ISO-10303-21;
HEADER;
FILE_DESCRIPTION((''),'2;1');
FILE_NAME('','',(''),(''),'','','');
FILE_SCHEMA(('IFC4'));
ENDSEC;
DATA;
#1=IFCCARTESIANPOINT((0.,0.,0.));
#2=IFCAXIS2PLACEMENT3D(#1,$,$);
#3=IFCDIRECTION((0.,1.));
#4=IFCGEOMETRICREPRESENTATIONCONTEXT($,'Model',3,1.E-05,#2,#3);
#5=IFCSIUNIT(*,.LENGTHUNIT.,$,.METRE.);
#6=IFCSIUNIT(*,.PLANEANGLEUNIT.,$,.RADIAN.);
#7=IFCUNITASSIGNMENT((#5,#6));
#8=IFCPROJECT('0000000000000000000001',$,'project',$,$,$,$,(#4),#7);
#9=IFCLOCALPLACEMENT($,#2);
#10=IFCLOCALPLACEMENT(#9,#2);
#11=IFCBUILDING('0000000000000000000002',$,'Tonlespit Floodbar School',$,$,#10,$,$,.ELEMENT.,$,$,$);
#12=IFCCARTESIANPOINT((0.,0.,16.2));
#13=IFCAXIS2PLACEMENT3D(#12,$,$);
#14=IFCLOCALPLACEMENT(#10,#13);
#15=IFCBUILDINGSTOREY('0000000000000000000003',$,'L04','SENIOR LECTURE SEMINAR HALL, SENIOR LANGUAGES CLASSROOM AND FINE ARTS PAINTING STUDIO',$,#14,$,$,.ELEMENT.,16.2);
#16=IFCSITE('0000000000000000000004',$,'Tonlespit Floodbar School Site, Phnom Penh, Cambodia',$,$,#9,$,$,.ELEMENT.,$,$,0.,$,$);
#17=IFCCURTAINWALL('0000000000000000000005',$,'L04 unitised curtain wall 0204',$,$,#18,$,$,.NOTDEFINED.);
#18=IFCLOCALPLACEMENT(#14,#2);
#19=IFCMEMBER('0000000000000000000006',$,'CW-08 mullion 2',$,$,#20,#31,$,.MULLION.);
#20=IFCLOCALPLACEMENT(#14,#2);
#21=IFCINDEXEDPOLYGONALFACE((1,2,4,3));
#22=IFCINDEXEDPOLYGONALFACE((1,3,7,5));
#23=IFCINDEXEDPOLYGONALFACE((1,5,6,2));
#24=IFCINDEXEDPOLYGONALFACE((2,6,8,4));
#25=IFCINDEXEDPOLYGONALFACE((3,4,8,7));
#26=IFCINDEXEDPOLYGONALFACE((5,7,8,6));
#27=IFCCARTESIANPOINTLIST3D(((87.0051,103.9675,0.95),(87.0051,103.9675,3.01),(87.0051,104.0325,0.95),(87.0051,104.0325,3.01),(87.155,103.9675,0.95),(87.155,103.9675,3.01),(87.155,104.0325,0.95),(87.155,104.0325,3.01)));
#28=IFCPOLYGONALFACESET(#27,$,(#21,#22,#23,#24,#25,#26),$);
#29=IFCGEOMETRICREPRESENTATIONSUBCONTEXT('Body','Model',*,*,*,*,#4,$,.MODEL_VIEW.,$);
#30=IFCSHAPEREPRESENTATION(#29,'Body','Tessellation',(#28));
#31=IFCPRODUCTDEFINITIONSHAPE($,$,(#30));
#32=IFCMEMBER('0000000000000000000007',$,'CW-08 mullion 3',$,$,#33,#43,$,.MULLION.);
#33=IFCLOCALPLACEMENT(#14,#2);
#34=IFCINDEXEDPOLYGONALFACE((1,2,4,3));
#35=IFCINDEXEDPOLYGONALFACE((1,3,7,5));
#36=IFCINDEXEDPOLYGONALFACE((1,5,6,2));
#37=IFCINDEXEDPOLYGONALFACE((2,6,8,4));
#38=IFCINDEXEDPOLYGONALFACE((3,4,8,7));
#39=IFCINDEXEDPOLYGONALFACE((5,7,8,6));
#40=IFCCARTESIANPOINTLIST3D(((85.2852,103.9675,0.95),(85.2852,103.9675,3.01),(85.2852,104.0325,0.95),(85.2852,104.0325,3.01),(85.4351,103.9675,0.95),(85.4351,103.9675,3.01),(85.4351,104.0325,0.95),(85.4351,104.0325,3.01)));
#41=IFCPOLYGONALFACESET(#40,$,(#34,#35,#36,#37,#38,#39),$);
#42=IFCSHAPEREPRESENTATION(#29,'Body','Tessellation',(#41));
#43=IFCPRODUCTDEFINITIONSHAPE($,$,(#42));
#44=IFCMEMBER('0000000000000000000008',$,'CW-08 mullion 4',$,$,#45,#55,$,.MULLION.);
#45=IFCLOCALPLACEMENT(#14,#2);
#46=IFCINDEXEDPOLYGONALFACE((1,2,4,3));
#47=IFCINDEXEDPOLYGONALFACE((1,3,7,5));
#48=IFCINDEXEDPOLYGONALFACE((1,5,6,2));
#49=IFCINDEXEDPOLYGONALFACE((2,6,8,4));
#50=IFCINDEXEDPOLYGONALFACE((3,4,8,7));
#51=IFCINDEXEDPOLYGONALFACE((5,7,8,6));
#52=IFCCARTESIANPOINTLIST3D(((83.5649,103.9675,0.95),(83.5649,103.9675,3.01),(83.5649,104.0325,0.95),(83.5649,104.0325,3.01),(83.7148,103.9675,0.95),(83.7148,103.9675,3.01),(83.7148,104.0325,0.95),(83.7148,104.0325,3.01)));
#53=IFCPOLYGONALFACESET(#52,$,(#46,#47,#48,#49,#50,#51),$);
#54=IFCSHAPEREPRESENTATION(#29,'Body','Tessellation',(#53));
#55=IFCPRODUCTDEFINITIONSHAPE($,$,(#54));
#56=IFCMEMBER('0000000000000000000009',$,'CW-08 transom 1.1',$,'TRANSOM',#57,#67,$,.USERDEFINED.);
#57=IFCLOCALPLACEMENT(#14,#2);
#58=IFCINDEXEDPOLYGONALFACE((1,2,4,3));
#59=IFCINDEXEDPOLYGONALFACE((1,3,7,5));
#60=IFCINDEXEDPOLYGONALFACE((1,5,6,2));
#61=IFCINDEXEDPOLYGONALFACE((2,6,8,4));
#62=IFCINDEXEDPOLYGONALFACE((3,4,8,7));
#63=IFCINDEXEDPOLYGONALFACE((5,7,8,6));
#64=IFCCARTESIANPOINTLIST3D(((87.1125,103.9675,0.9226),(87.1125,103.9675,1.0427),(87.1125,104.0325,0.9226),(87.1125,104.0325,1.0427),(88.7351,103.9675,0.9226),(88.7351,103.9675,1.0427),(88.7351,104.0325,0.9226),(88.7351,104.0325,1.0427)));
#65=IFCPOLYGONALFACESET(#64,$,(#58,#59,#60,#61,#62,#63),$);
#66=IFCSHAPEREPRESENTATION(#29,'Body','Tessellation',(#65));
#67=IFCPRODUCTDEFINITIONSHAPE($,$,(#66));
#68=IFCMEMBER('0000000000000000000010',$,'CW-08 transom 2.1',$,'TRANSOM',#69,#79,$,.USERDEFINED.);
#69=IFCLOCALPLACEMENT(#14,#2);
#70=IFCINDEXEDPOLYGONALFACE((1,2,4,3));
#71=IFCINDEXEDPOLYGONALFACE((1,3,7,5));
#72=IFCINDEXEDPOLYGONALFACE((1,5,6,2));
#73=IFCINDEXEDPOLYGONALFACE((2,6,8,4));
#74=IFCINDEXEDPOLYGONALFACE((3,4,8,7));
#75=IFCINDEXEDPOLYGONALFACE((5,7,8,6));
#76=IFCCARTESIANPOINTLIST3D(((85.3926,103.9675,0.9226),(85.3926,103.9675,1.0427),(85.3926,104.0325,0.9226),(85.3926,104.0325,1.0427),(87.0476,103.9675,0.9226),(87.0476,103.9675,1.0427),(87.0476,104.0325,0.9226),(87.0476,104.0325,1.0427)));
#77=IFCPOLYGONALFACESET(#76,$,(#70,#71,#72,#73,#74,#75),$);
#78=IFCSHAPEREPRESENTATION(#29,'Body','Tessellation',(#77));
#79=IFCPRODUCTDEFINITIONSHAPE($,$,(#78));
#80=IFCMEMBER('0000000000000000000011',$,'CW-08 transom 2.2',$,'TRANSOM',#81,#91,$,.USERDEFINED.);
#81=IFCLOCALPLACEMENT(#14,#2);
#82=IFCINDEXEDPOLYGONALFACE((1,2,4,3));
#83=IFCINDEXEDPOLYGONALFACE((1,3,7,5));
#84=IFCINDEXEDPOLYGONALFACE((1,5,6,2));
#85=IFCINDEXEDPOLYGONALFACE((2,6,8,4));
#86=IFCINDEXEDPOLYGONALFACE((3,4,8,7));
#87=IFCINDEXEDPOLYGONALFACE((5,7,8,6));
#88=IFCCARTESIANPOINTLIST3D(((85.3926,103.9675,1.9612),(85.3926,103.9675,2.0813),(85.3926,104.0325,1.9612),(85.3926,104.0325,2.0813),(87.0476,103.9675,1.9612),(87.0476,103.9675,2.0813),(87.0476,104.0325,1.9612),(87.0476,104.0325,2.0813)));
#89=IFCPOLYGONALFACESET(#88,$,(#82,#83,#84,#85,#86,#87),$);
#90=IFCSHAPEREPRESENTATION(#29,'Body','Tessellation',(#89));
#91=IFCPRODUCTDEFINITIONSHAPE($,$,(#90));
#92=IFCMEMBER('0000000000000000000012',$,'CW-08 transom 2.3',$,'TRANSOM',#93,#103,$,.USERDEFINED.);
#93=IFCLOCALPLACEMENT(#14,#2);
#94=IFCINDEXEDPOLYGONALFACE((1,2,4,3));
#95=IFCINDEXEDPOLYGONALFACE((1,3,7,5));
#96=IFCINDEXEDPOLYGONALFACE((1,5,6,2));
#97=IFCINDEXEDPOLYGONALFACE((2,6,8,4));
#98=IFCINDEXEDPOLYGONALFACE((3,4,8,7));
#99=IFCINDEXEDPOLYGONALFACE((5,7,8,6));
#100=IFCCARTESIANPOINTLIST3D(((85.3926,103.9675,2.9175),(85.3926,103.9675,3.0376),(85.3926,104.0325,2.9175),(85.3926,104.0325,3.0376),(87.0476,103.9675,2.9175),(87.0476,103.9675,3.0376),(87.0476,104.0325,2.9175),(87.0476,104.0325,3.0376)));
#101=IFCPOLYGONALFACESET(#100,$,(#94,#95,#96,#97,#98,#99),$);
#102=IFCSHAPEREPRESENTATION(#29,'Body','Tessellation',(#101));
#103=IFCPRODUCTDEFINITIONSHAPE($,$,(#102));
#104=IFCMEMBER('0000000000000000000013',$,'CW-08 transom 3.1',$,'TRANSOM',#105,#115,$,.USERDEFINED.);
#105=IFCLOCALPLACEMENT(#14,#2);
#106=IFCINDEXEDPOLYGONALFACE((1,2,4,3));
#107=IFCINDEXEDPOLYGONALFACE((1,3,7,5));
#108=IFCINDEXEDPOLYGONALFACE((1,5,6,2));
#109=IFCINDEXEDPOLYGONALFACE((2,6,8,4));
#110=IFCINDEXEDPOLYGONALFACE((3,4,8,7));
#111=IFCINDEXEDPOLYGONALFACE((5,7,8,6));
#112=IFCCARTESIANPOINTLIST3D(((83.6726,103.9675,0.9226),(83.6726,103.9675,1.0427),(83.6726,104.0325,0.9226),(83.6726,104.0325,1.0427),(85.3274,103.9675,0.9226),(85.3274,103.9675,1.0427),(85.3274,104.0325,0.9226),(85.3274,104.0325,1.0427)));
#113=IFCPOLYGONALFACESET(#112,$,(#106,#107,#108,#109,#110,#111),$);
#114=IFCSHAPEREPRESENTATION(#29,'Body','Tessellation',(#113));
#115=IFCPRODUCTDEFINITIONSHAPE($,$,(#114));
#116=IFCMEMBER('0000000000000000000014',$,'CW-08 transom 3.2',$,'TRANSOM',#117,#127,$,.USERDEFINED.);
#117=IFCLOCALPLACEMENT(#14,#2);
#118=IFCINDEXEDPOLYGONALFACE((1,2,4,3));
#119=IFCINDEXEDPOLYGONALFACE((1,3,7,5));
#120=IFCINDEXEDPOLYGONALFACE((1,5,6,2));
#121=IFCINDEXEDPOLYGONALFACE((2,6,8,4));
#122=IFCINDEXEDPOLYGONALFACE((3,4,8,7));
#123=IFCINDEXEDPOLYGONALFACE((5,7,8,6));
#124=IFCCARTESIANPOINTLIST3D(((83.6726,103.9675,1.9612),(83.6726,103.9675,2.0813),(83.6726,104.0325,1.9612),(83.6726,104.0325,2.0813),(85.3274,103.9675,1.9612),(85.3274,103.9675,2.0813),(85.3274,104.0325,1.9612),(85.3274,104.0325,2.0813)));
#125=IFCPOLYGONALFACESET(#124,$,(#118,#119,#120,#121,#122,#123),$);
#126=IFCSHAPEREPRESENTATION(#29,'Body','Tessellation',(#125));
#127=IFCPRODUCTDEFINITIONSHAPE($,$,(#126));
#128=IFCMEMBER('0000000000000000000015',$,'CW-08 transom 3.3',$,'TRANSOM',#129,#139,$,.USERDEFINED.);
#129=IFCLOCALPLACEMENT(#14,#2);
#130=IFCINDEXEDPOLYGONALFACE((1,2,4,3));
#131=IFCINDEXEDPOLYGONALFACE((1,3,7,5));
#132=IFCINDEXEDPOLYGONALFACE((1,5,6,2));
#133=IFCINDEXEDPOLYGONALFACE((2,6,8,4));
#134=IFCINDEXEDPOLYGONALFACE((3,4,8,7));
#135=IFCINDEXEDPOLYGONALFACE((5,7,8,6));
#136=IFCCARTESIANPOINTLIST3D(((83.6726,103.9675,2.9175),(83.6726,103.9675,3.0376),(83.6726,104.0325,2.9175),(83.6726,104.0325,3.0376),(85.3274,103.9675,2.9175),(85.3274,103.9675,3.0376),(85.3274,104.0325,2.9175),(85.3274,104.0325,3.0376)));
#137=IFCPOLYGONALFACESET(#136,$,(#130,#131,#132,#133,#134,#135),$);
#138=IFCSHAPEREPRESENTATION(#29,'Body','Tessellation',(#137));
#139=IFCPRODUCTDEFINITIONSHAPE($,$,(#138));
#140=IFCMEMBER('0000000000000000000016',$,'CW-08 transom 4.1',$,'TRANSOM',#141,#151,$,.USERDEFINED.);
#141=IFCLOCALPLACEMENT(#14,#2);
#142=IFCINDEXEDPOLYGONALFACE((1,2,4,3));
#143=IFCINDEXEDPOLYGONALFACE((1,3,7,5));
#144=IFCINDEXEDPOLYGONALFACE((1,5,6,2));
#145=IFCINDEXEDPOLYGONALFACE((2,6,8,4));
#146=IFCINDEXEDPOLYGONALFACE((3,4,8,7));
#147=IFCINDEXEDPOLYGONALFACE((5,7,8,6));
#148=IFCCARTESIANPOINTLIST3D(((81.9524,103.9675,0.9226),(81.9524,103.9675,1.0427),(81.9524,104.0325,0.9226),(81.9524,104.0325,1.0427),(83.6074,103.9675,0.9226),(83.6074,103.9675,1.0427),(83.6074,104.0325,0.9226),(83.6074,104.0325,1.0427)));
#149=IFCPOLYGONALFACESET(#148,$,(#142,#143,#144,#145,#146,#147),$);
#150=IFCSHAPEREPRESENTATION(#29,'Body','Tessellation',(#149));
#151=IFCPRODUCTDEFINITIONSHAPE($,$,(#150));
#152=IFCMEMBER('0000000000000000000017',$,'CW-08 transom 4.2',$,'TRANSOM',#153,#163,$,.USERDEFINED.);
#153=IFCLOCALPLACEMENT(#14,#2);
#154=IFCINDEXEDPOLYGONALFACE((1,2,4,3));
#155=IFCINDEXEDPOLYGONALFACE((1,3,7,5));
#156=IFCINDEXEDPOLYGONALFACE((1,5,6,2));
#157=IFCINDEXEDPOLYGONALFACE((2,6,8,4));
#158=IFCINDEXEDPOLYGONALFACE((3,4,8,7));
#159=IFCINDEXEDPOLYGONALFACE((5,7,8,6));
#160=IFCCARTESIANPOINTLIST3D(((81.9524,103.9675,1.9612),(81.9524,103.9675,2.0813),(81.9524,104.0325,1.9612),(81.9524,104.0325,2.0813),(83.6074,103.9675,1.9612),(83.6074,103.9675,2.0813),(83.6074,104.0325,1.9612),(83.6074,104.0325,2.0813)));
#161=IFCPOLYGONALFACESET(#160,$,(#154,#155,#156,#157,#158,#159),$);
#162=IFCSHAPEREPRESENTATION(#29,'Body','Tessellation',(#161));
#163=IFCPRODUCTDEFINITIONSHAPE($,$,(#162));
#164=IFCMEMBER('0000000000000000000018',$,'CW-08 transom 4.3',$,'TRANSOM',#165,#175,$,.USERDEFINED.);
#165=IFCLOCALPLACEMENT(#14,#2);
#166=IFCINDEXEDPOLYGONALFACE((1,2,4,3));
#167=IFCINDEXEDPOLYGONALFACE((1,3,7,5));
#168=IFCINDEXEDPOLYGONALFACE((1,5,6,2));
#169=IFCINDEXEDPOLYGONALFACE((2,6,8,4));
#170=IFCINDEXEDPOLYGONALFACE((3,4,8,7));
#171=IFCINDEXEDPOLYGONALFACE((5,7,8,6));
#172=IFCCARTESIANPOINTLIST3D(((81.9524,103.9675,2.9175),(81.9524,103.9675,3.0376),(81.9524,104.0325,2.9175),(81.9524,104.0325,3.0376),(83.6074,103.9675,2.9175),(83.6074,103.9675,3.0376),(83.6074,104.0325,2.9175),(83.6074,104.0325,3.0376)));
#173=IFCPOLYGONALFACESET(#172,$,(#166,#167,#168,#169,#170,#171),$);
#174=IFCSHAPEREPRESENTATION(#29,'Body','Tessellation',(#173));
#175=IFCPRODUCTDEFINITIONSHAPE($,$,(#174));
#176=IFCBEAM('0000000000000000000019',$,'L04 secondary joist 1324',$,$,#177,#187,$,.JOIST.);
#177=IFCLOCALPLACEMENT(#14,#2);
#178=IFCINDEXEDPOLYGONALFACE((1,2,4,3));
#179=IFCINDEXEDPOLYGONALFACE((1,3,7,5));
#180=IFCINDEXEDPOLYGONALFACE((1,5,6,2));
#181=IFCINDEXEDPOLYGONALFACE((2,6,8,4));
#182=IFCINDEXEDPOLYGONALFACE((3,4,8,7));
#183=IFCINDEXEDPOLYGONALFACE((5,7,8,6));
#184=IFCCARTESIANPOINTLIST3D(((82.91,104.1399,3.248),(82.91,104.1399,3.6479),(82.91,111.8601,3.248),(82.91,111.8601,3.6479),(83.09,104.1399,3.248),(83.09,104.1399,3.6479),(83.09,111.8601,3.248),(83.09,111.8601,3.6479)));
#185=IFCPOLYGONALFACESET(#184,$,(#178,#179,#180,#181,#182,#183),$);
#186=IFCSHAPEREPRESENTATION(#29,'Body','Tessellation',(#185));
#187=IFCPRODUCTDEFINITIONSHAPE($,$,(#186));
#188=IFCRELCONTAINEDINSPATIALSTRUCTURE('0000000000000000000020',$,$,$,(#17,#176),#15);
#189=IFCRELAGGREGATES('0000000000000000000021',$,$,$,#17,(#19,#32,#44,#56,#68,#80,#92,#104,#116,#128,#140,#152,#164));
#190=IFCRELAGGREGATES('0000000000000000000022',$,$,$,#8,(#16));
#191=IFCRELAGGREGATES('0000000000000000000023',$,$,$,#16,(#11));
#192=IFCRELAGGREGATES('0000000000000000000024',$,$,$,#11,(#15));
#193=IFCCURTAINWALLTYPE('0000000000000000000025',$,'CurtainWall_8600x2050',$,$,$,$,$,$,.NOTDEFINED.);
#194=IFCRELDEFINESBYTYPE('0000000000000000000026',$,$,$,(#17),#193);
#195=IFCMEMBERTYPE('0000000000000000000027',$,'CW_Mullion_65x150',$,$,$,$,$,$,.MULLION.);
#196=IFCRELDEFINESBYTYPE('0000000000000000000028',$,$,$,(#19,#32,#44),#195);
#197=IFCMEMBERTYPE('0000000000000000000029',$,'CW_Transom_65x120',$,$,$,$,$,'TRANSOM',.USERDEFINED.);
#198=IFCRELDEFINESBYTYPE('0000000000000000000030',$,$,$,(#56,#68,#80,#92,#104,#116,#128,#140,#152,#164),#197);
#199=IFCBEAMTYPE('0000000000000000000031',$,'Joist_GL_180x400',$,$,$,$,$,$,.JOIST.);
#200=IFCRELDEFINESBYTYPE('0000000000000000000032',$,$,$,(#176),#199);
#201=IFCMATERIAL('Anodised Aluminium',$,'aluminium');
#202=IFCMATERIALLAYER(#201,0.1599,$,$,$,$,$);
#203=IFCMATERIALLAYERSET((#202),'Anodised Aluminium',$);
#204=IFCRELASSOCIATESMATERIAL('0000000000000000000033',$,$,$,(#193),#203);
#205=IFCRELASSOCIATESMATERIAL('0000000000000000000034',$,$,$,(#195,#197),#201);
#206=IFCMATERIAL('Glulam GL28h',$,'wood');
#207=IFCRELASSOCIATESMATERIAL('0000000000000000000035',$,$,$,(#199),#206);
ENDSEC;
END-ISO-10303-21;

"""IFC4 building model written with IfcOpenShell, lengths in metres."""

from ifc_helpers import new_model, si_unit, direction, frame, origin, origin_2d, place, context, subcontext, project, spatial, rectangle, extrude, material, layer, layer_set, material_profile, profile_set, type_object, element, aggregate, save


model = new_model("IFC4")

# Units and contexts
model_context = context("Model", 3, precision=1e-05, world=origin(), true_north=direction((0.0, 1.0)))
body_context = subcontext(model_context, "Body", "Model", "MODEL_VIEW")
ifc_project = project(units=[si_unit("LENGTHUNIT", "METRE"), si_unit("PLANEANGLEUNIT", "RADIAN")], contexts=[model_context])

# Site, building, storey
site_placement = place(None, origin())
site = spatial("IfcSite", under=ifc_project, at=site_placement, Name="Tonlespit Floodbar School Site, Phnom Penh, Cambodia", CompositionType="ELEMENT", RefElevation=0.0)
building_placement = place(site_placement, origin())
building = spatial("IfcBuilding", under=site, at=building_placement, Name="Tonlespit Floodbar School", CompositionType="ELEMENT")
storey_placement = place(building_placement, frame((0.0, 0.0, 16.2)))
storey = spatial("IfcBuildingStorey", under=building, at=storey_placement, Name="L04", Description="SENIOR LECTURE SEMINAR HALL, SENIOR LANGUAGES CLASSROOM AND FINE ARTS PAINTING STUDIO", CompositionType="ELEMENT", Elevation=16.2)

# Curtain wall, members
ifc_material_1 = material(Name="Anodised Aluminium", Category="aluminium")
ifc_layer_1 = layer(ifc_material_1, 0.1599)
ifc_layer_set_1 = layer_set([ifc_layer_1], Name="Anodised Aluminium")
curtain_wall_type = type_object("IfcCurtainWallType", Name="CurtainWall_8600x2050", PredefinedType="NOTDEFINED", material=ifc_layer_set_1)
curtain_wall_placement = place(storey_placement, origin())
curtain_wall = element("IfcCurtainWall", 1, at=curtain_wall_placement, inside=storey, type_object=curtain_wall_type, Name="L04 unitised curtain wall 0204", PredefinedType="NOTDEFINED")
ifc_material_profile_1 = material_profile(ifc_material_1, rectangle(XDim=0.0649, YDim=0.1499, at=origin_2d()), Name="ALU M65x150")
ifc_profile_set_1 = profile_set([ifc_material_profile_1], Name="Anodised Aluminium")
member_type_1 = type_object("IfcMemberType", Name="CW_Mullion_65x150", PredefinedType="MULLION", material=ifc_profile_set_1)
member_1_placement = place(storey_placement, frame((87.0801, 104.0, 0.95), z_axis=(0.0, 0.0, 1.0), x_axis=(0.0, -1.0, 0.0)))
member_1 = element("IfcMember", 2, at=member_1_placement, type_object=member_type_1, Name="CW-08 mullion 2", PredefinedType="MULLION", context=body_context, shape_type="SweptSolid", body=[
    extrude(rectangle(XDim=0.0649, YDim=0.1499, at=origin_2d()), origin(), (0.0, 0.0, 1.0), 2.0601),
])
member_2_placement = place(storey_placement, frame((85.3601, 104.0, 0.95), z_axis=(0.0, 0.0, 1.0), x_axis=(0.0, -1.0, 0.0)))
member_2 = element("IfcMember", 3, at=member_2_placement, type_object=member_type_1, Name="CW-08 mullion 3", PredefinedType="MULLION", context=body_context, shape_type="SweptSolid", body=[
    extrude(rectangle(XDim=0.0649, YDim=0.1499, at=origin_2d()), origin(), (0.0, 0.0, 1.0), 2.0601),
])
member_3_placement = place(storey_placement, frame((83.6399, 104.0, 0.95), z_axis=(0.0, 0.0, 1.0), x_axis=(0.0, -1.0, 0.0)))
member_3 = element("IfcMember", 4, at=member_3_placement, type_object=member_type_1, Name="CW-08 mullion 4", PredefinedType="MULLION", context=body_context, shape_type="SweptSolid", body=[
    extrude(rectangle(XDim=0.0649, YDim=0.1499, at=origin_2d()), origin(), (0.0, 0.0, 1.0), 2.0601),
])
ifc_material_profile_2 = material_profile(ifc_material_1, rectangle(XDim=0.0649, YDim=0.1201, at=origin_2d()), Name="ALU T65x120")
ifc_profile_set_2 = profile_set([ifc_material_profile_2], Name="Anodised Aluminium")
member_type_2 = type_object("IfcMemberType", Name="CW_Transom_65x120", ElementType="TRANSOM", PredefinedType="USERDEFINED", material=ifc_profile_set_2)
member_4_placement = place(storey_placement, frame((88.7351, 104.0, 0.9827), z_axis=(-1.0, 0.0, 0.0), x_axis=(0.0, -1.0, 0.0)))
member_4 = element("IfcMember", 5, at=member_4_placement, type_object=member_type_2, Name="CW-08 transom 1.1", ObjectType="TRANSOM", PredefinedType="USERDEFINED", context=body_context, shape_type="SweptSolid", body=[
    extrude(rectangle(XDim=0.0649, YDim=0.1201, at=origin_2d()), origin(), (0.0, 0.0, 1.0), 1.6226),
])
member_5_placement = place(storey_placement, frame((87.0476, 104.0, 0.9827), z_axis=(-1.0, 0.0, 0.0), x_axis=(0.0, -1.0, 0.0)))
member_5 = element("IfcMember", 6, at=member_5_placement, type_object=member_type_2, Name="CW-08 transom 2.1", ObjectType="TRANSOM", PredefinedType="USERDEFINED", context=body_context, shape_type="SweptSolid", body=[
    extrude(rectangle(XDim=0.0649, YDim=0.1201, at=origin_2d()), origin(), (0.0, 0.0, 1.0), 1.655),
])
member_6_placement = place(storey_placement, frame((87.0476, 104.0, 2.0212), z_axis=(-1.0, 0.0, 0.0), x_axis=(0.0, -1.0, 0.0)))
member_6 = element("IfcMember", 7, at=member_6_placement, type_object=member_type_2, Name="CW-08 transom 2.2", ObjectType="TRANSOM", PredefinedType="USERDEFINED", context=body_context, shape_type="SweptSolid", body=[
    extrude(rectangle(XDim=0.0649, YDim=0.1201, at=origin_2d()), origin(), (0.0, 0.0, 1.0), 1.655),
])
member_7_placement = place(storey_placement, frame((87.0476, 104.0, 2.9775), z_axis=(-1.0, 0.0, 0.0), x_axis=(0.0, -1.0, 0.0)))
member_7 = element("IfcMember", 8, at=member_7_placement, type_object=member_type_2, Name="CW-08 transom 2.3", ObjectType="TRANSOM", PredefinedType="USERDEFINED", context=body_context, shape_type="SweptSolid", body=[
    extrude(rectangle(XDim=0.0649, YDim=0.1201, at=origin_2d()), origin(), (0.0, 0.0, 1.0), 1.655),
])
member_8_placement = place(storey_placement, frame((85.3274, 104.0, 0.9827), z_axis=(-1.0, 0.0, 0.0), x_axis=(0.0, -1.0, 0.0)))
member_8 = element("IfcMember", 9, at=member_8_placement, type_object=member_type_2, Name="CW-08 transom 3.1", ObjectType="TRANSOM", PredefinedType="USERDEFINED", context=body_context, shape_type="SweptSolid", body=[
    extrude(rectangle(XDim=0.0649, YDim=0.1201, at=origin_2d()), origin(), (0.0, 0.0, 1.0), 1.6548),
])
member_9_placement = place(storey_placement, frame((85.3274, 104.0, 2.0212), z_axis=(-1.0, 0.0, 0.0), x_axis=(0.0, -1.0, 0.0)))
member_9 = element("IfcMember", 10, at=member_9_placement, type_object=member_type_2, Name="CW-08 transom 3.2", ObjectType="TRANSOM", PredefinedType="USERDEFINED", context=body_context, shape_type="SweptSolid", body=[
    extrude(rectangle(XDim=0.0649, YDim=0.1201, at=origin_2d()), origin(), (0.0, 0.0, 1.0), 1.6548),
])
member_10_placement = place(storey_placement, frame((85.3274, 104.0, 2.9775), z_axis=(-1.0, 0.0, 0.0), x_axis=(0.0, -1.0, 0.0)))
member_10 = element("IfcMember", 11, at=member_10_placement, type_object=member_type_2, Name="CW-08 transom 3.3", ObjectType="TRANSOM", PredefinedType="USERDEFINED", context=body_context, shape_type="SweptSolid", body=[
    extrude(rectangle(XDim=0.0649, YDim=0.1201, at=origin_2d()), origin(), (0.0, 0.0, 1.0), 1.6548),
])
member_11_placement = place(storey_placement, frame((83.6074, 104.0, 0.9827), z_axis=(-1.0, 0.0, 0.0), x_axis=(0.0, -1.0, 0.0)))
member_11 = element("IfcMember", 12, at=member_11_placement, type_object=member_type_2, Name="CW-08 transom 4.1", ObjectType="TRANSOM", PredefinedType="USERDEFINED", context=body_context, shape_type="SweptSolid", body=[
    extrude(rectangle(XDim=0.0649, YDim=0.1201, at=origin_2d()), origin(), (0.0, 0.0, 1.0), 1.655),
])
member_12_placement = place(storey_placement, frame((83.6074, 104.0, 2.0212), z_axis=(-1.0, 0.0, 0.0), x_axis=(0.0, -1.0, 0.0)))
member_12 = element("IfcMember", 13, at=member_12_placement, type_object=member_type_2, Name="CW-08 transom 4.2", ObjectType="TRANSOM", PredefinedType="USERDEFINED", context=body_context, shape_type="SweptSolid", body=[
    extrude(rectangle(XDim=0.0649, YDim=0.1201, at=origin_2d()), origin(), (0.0, 0.0, 1.0), 1.655),
])
member_13_placement = place(storey_placement, frame((83.6074, 104.0, 2.9775), z_axis=(-1.0, 0.0, 0.0), x_axis=(0.0, -1.0, 0.0)))
member_13 = element("IfcMember", 14, at=member_13_placement, type_object=member_type_2, Name="CW-08 transom 4.3", ObjectType="TRANSOM", PredefinedType="USERDEFINED", context=body_context, shape_type="SweptSolid", body=[
    extrude(rectangle(XDim=0.0649, YDim=0.1201, at=origin_2d()), origin(), (0.0, 0.0, 1.0), 1.655),
])

# Beam
ifc_material_2 = material(Name="Glulam GL28h", Category="wood")
ifc_material_profile_3 = material_profile(ifc_material_2, rectangle(XDim=0.1799, YDim=0.3999, at=origin_2d()), Name="GL 180x400")
ifc_profile_set_3 = profile_set([ifc_material_profile_3], Name="Glulam GL28h")
beam_type = type_object("IfcBeamType", Name="Joist_GL_180x400", PredefinedType="JOIST", material=ifc_profile_set_3)
for number, where, z_axis, x_axis, name in (
    (15, (83.0, 104.1399, 3.448), (0.0, 1.0, 0.0), (-1.0, 0.0, 0.0), "L04 secondary joist 1324"),
):
    element("IfcBeam", number, at=place(storey_placement, frame(where, z_axis=z_axis, x_axis=x_axis)), inside=storey, type_object=beam_type, Name=name, PredefinedType="JOIST", context=body_context, shape_type="SweptSolid", body=[
        extrude(rectangle(XDim=0.1799, YDim=0.3999, at=origin_2d()), origin(), (0.0, 0.0, 1.0), 7.7202),
    ])

aggregate(curtain_wall, [member_1, member_2, member_3, member_4, member_5, member_6, member_7, member_8, member_9, member_10, member_11, member_12, member_13])

save(model, "model.ifc")
